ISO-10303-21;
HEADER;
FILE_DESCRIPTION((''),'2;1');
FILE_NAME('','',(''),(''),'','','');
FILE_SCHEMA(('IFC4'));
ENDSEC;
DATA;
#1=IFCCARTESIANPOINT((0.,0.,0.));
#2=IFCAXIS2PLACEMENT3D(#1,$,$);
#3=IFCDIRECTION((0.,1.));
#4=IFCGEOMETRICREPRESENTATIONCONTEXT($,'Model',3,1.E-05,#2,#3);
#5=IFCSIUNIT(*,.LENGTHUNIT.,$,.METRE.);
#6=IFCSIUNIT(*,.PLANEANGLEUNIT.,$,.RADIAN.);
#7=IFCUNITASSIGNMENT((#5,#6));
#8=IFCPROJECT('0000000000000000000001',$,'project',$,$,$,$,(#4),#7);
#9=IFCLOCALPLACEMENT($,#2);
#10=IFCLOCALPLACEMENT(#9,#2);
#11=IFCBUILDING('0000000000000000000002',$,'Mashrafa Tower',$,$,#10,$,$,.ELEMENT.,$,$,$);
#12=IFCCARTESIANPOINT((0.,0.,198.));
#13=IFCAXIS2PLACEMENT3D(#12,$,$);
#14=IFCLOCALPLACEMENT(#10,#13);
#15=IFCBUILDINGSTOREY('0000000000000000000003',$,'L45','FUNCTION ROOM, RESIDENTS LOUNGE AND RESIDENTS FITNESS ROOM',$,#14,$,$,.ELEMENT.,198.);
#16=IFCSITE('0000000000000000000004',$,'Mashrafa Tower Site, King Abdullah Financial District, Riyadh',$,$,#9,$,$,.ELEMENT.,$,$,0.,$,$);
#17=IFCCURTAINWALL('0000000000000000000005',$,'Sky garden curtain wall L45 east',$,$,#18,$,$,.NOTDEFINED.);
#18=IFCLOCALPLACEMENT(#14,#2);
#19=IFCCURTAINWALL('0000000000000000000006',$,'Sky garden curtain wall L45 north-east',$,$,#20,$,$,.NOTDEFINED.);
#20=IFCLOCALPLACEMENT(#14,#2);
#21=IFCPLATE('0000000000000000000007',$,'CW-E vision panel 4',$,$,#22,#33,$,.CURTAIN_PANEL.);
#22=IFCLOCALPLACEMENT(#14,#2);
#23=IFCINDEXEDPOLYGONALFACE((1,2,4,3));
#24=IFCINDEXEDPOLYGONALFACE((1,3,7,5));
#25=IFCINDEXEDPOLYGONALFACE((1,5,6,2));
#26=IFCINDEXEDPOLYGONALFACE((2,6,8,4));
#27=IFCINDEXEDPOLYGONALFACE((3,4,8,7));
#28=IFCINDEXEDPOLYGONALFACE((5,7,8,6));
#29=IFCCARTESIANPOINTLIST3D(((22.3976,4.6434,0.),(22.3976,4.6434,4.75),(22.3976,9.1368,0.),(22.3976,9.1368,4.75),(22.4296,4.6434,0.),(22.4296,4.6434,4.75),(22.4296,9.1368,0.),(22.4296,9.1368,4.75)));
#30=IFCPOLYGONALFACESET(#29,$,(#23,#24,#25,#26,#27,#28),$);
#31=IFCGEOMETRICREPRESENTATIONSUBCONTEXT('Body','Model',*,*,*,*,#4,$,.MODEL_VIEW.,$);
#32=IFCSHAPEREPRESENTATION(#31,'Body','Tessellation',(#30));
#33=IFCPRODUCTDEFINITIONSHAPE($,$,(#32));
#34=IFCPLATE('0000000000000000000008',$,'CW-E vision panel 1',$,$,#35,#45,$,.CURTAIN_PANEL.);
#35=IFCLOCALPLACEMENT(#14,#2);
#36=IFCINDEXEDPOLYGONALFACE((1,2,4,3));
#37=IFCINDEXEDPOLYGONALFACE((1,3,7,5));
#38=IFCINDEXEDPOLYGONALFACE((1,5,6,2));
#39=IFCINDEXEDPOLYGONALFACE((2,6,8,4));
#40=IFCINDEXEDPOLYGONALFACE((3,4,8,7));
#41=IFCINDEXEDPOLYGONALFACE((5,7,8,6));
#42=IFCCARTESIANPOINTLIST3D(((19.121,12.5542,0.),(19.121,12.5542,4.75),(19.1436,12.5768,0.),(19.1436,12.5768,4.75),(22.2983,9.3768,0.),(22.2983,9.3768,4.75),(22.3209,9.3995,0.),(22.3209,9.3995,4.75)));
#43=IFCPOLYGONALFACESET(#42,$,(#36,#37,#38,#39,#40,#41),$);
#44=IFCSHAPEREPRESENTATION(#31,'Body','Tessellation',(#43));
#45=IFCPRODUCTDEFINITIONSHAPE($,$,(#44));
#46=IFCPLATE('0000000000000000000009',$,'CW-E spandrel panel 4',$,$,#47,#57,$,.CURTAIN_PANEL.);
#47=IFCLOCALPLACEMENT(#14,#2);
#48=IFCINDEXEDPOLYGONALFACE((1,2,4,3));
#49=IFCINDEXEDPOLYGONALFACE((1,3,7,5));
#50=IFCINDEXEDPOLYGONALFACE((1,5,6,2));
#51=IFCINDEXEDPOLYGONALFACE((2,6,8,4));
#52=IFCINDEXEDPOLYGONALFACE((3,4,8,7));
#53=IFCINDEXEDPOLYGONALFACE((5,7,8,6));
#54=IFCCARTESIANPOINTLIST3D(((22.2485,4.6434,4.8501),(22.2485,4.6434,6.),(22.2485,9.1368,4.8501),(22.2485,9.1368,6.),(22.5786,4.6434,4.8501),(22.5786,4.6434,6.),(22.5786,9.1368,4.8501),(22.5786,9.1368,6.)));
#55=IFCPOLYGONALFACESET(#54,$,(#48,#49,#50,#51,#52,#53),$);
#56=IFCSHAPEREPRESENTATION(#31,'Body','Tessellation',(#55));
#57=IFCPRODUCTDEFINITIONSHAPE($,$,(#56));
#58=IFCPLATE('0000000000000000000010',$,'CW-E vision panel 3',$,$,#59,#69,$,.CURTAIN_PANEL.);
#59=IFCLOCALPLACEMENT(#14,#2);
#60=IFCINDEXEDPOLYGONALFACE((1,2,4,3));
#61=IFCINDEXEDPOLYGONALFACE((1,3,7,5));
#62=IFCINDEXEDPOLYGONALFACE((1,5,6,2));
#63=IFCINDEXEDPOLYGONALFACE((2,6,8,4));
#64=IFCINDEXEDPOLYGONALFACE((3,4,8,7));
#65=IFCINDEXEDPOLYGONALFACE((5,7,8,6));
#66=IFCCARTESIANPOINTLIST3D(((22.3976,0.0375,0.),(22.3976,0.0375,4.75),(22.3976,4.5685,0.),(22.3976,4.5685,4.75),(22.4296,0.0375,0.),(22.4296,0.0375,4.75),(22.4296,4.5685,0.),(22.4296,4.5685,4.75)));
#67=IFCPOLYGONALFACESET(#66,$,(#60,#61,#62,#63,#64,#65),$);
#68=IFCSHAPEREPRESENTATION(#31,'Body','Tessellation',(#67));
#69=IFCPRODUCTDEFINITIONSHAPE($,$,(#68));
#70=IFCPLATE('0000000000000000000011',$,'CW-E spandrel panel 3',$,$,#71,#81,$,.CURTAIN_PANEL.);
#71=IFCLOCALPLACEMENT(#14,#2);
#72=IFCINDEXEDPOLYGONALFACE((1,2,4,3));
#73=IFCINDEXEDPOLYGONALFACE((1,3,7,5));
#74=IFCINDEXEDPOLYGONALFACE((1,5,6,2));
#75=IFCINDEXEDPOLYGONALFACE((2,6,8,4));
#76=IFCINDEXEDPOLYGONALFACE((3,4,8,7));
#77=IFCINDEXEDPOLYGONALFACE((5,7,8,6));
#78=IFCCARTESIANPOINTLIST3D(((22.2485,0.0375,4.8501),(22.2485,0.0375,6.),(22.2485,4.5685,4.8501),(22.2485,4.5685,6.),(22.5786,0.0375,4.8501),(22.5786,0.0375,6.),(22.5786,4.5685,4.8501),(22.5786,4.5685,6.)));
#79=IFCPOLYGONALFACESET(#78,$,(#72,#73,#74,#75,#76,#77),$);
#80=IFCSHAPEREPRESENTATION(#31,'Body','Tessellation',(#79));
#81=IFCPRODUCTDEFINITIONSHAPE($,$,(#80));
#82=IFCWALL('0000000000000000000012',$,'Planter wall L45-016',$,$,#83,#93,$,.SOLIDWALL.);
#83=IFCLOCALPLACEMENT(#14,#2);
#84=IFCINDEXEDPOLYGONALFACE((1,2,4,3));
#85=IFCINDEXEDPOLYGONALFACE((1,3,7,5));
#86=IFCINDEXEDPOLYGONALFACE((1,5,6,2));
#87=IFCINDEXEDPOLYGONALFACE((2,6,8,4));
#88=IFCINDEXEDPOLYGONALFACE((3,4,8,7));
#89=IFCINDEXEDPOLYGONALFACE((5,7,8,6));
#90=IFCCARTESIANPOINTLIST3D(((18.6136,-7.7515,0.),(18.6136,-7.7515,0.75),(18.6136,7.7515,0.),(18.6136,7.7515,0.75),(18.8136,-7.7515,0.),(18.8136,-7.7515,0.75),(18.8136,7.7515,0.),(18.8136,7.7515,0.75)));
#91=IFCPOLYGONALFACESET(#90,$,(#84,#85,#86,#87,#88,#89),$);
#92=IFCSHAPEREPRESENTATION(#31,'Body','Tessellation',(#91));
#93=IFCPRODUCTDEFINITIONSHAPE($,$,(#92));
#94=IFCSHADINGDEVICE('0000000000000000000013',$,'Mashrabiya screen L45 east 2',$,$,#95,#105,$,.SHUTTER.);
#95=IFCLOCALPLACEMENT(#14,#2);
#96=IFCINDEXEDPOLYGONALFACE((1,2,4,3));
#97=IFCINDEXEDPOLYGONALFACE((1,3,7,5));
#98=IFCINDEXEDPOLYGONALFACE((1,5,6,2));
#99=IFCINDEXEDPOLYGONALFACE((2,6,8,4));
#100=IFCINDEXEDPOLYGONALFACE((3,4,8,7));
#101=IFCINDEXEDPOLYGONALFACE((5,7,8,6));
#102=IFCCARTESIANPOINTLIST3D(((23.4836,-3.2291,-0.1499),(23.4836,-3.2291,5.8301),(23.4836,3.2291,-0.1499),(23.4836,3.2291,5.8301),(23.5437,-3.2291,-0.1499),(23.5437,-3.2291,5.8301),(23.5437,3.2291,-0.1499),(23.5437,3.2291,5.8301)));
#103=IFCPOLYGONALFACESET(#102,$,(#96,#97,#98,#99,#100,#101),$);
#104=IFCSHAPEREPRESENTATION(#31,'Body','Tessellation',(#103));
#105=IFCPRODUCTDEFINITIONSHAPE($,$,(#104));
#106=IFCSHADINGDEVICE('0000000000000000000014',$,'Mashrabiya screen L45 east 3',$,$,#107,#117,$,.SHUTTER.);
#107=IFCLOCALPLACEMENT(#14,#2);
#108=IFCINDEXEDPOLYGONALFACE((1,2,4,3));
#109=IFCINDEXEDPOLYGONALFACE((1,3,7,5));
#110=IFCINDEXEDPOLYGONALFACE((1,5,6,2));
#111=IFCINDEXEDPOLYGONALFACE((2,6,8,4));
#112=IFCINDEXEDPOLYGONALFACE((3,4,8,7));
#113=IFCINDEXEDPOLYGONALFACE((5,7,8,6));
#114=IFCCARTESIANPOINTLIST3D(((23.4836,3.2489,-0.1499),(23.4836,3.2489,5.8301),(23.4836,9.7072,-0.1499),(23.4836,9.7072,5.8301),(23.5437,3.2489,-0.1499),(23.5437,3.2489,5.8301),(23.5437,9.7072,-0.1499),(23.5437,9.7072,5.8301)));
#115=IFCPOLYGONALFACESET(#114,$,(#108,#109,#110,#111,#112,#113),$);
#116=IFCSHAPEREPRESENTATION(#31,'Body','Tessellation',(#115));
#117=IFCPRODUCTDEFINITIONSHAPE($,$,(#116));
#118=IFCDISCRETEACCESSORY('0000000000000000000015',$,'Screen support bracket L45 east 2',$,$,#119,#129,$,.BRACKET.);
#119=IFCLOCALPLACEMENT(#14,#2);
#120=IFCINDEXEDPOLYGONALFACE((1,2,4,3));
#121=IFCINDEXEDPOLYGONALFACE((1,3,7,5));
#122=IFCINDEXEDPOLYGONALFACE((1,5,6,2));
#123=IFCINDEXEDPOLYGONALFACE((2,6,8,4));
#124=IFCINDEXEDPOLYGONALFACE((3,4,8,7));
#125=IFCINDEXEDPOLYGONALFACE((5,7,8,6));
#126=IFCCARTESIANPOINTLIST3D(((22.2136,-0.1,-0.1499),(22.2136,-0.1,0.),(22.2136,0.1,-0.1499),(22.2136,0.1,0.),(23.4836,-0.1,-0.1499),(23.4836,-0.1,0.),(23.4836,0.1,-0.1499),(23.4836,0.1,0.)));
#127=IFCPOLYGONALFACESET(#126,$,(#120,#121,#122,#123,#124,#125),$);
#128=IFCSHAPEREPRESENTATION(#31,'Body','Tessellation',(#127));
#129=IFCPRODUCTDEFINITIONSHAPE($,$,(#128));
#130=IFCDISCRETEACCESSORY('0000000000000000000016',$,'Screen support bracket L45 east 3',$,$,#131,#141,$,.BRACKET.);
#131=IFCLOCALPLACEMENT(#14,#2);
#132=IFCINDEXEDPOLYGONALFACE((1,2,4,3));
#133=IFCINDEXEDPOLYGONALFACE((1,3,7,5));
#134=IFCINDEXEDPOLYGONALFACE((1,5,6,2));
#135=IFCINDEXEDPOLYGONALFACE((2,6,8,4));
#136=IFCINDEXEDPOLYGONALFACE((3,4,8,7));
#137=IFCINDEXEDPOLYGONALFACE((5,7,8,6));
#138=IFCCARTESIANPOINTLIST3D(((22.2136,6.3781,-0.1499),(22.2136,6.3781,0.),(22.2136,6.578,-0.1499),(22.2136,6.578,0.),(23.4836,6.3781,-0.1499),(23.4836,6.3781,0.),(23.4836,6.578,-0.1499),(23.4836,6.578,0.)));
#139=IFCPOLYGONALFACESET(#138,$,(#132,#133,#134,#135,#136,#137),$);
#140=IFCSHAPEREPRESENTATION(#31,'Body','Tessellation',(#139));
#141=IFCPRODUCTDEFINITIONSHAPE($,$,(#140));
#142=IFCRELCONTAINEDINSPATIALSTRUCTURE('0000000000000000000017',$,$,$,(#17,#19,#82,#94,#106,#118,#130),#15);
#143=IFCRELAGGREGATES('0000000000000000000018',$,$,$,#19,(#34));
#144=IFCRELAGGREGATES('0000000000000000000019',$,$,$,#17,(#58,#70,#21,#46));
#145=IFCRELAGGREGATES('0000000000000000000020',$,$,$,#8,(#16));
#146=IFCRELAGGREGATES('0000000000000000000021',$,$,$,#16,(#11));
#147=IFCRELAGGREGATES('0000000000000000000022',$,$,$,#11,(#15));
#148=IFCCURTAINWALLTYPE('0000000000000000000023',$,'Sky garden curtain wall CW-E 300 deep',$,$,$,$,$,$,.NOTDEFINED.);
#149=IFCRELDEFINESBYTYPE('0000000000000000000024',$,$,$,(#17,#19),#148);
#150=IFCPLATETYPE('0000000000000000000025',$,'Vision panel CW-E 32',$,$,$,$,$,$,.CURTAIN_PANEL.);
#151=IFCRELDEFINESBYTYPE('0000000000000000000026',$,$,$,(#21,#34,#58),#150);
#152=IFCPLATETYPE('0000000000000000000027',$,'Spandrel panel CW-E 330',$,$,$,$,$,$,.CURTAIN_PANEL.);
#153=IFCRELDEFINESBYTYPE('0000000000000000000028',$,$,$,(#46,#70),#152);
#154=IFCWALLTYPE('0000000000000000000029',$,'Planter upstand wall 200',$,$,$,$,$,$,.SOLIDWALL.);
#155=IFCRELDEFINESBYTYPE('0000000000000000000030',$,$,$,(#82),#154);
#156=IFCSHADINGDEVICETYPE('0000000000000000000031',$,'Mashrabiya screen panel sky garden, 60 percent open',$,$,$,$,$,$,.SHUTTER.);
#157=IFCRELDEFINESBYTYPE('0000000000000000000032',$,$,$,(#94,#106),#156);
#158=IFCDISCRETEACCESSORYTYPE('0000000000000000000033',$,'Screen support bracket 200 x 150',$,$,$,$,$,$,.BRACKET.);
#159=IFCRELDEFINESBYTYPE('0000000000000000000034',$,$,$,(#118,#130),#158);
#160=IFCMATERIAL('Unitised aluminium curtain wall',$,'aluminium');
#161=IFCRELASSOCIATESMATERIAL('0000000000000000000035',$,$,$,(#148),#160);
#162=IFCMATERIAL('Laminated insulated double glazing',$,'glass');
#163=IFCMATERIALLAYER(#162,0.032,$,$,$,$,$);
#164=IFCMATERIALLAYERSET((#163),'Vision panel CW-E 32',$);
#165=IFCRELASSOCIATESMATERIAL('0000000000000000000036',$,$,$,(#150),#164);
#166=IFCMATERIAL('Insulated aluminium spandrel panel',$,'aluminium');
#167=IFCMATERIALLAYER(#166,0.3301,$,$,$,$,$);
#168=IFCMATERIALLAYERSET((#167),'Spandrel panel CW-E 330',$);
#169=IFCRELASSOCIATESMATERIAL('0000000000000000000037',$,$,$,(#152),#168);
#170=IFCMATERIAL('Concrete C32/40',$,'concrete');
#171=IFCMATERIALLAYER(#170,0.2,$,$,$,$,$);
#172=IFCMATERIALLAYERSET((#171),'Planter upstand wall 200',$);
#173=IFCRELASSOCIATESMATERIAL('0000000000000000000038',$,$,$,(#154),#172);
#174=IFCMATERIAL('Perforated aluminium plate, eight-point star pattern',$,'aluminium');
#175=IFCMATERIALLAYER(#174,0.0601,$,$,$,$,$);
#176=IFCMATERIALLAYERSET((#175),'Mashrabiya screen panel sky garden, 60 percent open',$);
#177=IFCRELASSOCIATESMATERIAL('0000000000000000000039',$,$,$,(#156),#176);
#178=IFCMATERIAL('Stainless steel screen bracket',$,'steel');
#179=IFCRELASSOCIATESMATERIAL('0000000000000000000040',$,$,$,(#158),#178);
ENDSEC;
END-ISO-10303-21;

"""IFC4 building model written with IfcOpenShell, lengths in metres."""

from ifc_helpers import new_model, si_unit, direction, frame, frame_2d, origin, origin_2d, place, context, subcontext, project, spatial, rectangle, extrude, source, transform, mapped, material, layer, layer_set, type_object, type_shapes, element, aggregate, save


model = new_model("IFC4")

# Units and contexts
model_context = context("Model", 3, precision=1e-05, world=origin(), true_north=direction((0.0, 1.0)))
body_context = subcontext(model_context, "Body", "Model", "MODEL_VIEW")
ifc_project = project(units=[si_unit("LENGTHUNIT", "METRE"), si_unit("PLANEANGLEUNIT", "RADIAN")], contexts=[model_context])

# Site, building, storey
site_placement = place(None, origin())
site = spatial("IfcSite", under=ifc_project, at=site_placement, Name="Mashrafa Tower Site, King Abdullah Financial District, Riyadh", CompositionType="ELEMENT", RefElevation=0.0)
building_placement = place(site_placement, origin())
building = spatial("IfcBuilding", under=site, at=building_placement, Name="Mashrafa Tower", CompositionType="ELEMENT")
storey_placement = place(building_placement, frame((0.0, 0.0, 198.0)))
storey = spatial("IfcBuildingStorey", under=building, at=storey_placement, Name="L45", Description="FUNCTION ROOM, RESIDENTS LOUNGE AND RESIDENTS FITNESS ROOM", CompositionType="ELEMENT", Elevation=198.0)

# Curtain wall
ifc_material_1 = material(Name="Unitised aluminium curtain wall", Category="aluminium")
curtain_wall_type = type_object("IfcCurtainWallType", Name="Sky garden curtain wall CW-E 300 deep", PredefinedType="NOTDEFINED", material=ifc_material_1)
curtain_wall_1_placement = place(storey_placement, origin())
curtain_wall_1 = element("IfcCurtainWall", 1, at=curtain_wall_1_placement, inside=storey, type_object=curtain_wall_type, Name="Sky garden curtain wall L45 east", PredefinedType="NOTDEFINED")

# Curtain wall
curtain_wall_2_placement = place(storey_placement, origin())
curtain_wall_2 = element("IfcCurtainWall", 2, at=curtain_wall_2_placement, inside=storey, type_object=curtain_wall_type, Name="Sky garden curtain wall L45 north-east", PredefinedType="NOTDEFINED")

# Plates
ifc_material_2 = material(Name="Laminated insulated double glazing", Category="glass")
ifc_layer_1 = layer(ifc_material_2, 0.032)
ifc_layer_set_1 = layer_set([ifc_layer_1], Name="Vision panel CW-E 32")
plate_type_1 = type_object("IfcPlateType", Name="Vision panel CW-E 32", PredefinedType="CURTAIN_PANEL", material=ifc_layer_set_1)
shared_shape_1 = source(origin(), body_context, "Body", "SweptSolid", [
    extrude(rectangle(XDim=4.4934, YDim=0.032, at=origin_2d()), origin(), (0.0, 0.0, 1.0), 4.75),
])
plate_1_placement = place(storey_placement, frame((22.4136, 6.8901, 0.0), z_axis=(0.0, 0.0, 1.0), x_axis=(0.0, 1.0, 0.0)))
plate_1 = element("IfcPlate", 3, at=plate_1_placement, type_object=plate_type_1, Name="CW-E vision panel 4", PredefinedType="CURTAIN_PANEL", context=body_context, shape_type="MappedRepresentation", body=[
    mapped(shared_shape_1, transform((0.0, 0.0, 0.0))),
])
plate_2_placement = place(storey_placement, frame((20.7209, 10.9768, 0.0), z_axis=(0.0, 0.0, 1.0), x_axis=(-0.707107, 0.707107, 0.0)))
plate_2 = element("IfcPlate", 4, at=plate_2_placement, type_object=plate_type_1, Name="CW-E vision panel 1", PredefinedType="CURTAIN_PANEL", context=body_context, shape_type="MappedRepresentation", body=[
    mapped(shared_shape_1, transform((0.0, 0.0, 0.0))),
])
aggregate(curtain_wall_2, [plate_2])
ifc_material_3 = material(Name="Insulated aluminium spandrel panel", Category="aluminium")
ifc_layer_2 = layer(ifc_material_3, 0.3301)
ifc_layer_set_2 = layer_set([ifc_layer_2], Name="Spandrel panel CW-E 330")
plate_type_2 = type_object("IfcPlateType", Name="Spandrel panel CW-E 330", PredefinedType="CURTAIN_PANEL", material=ifc_layer_set_2)
shared_shape_2 = source(origin(), body_context, "Body", "SweptSolid", [
    extrude(rectangle(XDim=4.4934, YDim=0.3301, at=origin_2d()), origin(), (0.0, 0.0, 1.0), 1.1499),
])
plate_3_placement = place(storey_placement, frame((22.4136, 6.8901, 4.8501), z_axis=(0.0, 0.0, 1.0), x_axis=(0.0, 1.0, 0.0)))
plate_3 = element("IfcPlate", 5, at=plate_3_placement, type_object=plate_type_2, Name="CW-E spandrel panel 4", PredefinedType="CURTAIN_PANEL", context=body_context, shape_type="MappedRepresentation", body=[
    mapped(shared_shape_2, transform((0.0, 0.0, 0.0))),
])
shared_shape_3 = source(origin(), body_context, "Body", "SweptSolid", [
    extrude(rectangle(XDim=4.531, YDim=0.032, at=origin_2d()), origin(), (0.0, 0.0, 1.0), 4.75),
])
type_shapes(plate_type_1, [shared_shape_1, shared_shape_3])
plate_4_placement = place(storey_placement, frame((22.4136, 2.303, 0.0), z_axis=(0.0, 0.0, 1.0), x_axis=(0.0, 1.0, 0.0)))
plate_4 = element("IfcPlate", 6, at=plate_4_placement, type_object=plate_type_1, Name="CW-E vision panel 3", PredefinedType="CURTAIN_PANEL", context=body_context, shape_type="MappedRepresentation", body=[
    mapped(shared_shape_3, transform((0.0, 0.0, 0.0))),
])
shared_shape_4 = source(origin(), body_context, "Body", "SweptSolid", [
    extrude(rectangle(XDim=4.531, YDim=0.3301, at=origin_2d()), origin(), (0.0, 0.0, 1.0), 1.1499),
])
type_shapes(plate_type_2, [shared_shape_2, shared_shape_4])
plate_5_placement = place(storey_placement, frame((22.4136, 2.303, 4.8501), z_axis=(0.0, 0.0, 1.0), x_axis=(0.0, 1.0, 0.0)))
plate_5 = element("IfcPlate", 7, at=plate_5_placement, type_object=plate_type_2, Name="CW-E spandrel panel 3", PredefinedType="CURTAIN_PANEL", context=body_context, shape_type="MappedRepresentation", body=[
    mapped(shared_shape_4, transform((0.0, 0.0, 0.0))),
])
aggregate(curtain_wall_1, [plate_4, plate_5, plate_1, plate_3])

# Wall
ifc_material_4 = material(Name="Concrete C32/40", Category="concrete")
ifc_layer_3 = layer(ifc_material_4, 0.2)
ifc_layer_set_3 = layer_set([ifc_layer_3], Name="Planter upstand wall 200")
wall_type = type_object("IfcWallType", Name="Planter upstand wall 200", PredefinedType="SOLIDWALL", material=ifc_layer_set_3)
wall_placement = place(storey_placement, frame((18.7136, 7.7515, 0.0), z_axis=(0.0, 0.0, 1.0), x_axis=(0.0, -1.0, 0.0)))
element("IfcWall", 8, at=wall_placement, inside=storey, type_object=wall_type, Name="Planter wall L45-016", PredefinedType="SOLIDWALL", context=body_context, shape_type="SweptSolid", body=[
    extrude(rectangle(XDim=15.5029, YDim=0.2, at=frame_2d((7.7515, 0.0))), origin(), (0.0, 0.0, 1.0), 0.75),
])

# Shading devices
ifc_material_5 = material(Name="Perforated aluminium plate, eight-point star pattern", Category="aluminium")
ifc_layer_4 = layer(ifc_material_5, 0.0601)
ifc_layer_set_4 = layer_set([ifc_layer_4], Name="Mashrabiya screen panel sky garden, 60 percent open")
shading_device_type = type_object("IfcShadingDeviceType", Name="Mashrabiya screen panel sky garden, 60 percent open", PredefinedType="SHUTTER", material=ifc_layer_set_4)
shared_shape_5 = source(origin(), body_context, "Body", "SweptSolid", [
    extrude(rectangle(XDim=6.4583, YDim=0.0601, at=origin_2d()), origin(), (0.0, 0.0, 1.0), 5.98),
])
type_shapes(shading_device_type, [shared_shape_5])
for number, where, z_axis, x_axis, name in (
    (9, (23.5137, 0.0, -0.1499), (0.0, 0.0, 1.0), (0.0, 1.0, 0.0), "Mashrabiya screen L45 east 2"),
    (10, (23.5137, 6.478, -0.1499), (0.0, 0.0, 1.0), (0.0, 1.0, 0.0), "Mashrabiya screen L45 east 3"),
):
    element("IfcShadingDevice", number, at=place(storey_placement, frame(where, z_axis=z_axis, x_axis=x_axis)), inside=storey, type_object=shading_device_type, Name=name, PredefinedType="SHUTTER", context=body_context, shape_type="MappedRepresentation", body=[
        mapped(shared_shape_5, transform((0.0, 0.0, 0.0))),
    ])

# Discrete accessories
ifc_material_6 = material(Name="Stainless steel screen bracket", Category="steel")
discrete_accessory_type = type_object("IfcDiscreteAccessoryType", Name="Screen support bracket 200 x 150", PredefinedType="BRACKET", material=ifc_material_6)
shared_shape_6 = source(origin(), body_context, "Body", "SweptSolid", [
    extrude(rectangle(XDim=0.2, YDim=1.27, at=origin_2d()), origin(), (0.0, 0.0, 1.0), 0.1499),
])
type_shapes(discrete_accessory_type, [shared_shape_6])
for number, where, z_axis, x_axis, name in (
    (11, (22.8486, 0.0, -0.1499), (0.0, 0.0, 1.0), (0.0, 1.0, 0.0), "Screen support bracket L45 east 2"),
    (12, (22.8486, 6.478, -0.1499), (0.0, 0.0, 1.0), (0.0, 1.0, 0.0), "Screen support bracket L45 east 3"),
):
    element("IfcDiscreteAccessory", number, at=place(storey_placement, frame(where, z_axis=z_axis, x_axis=x_axis)), inside=storey, type_object=discrete_accessory_type, Name=name, PredefinedType="BRACKET", context=body_context, shape_type="MappedRepresentation", body=[
        mapped(shared_shape_6, transform((0.0, 0.0, 0.0))),
    ])

save(model, "model.ifc")
